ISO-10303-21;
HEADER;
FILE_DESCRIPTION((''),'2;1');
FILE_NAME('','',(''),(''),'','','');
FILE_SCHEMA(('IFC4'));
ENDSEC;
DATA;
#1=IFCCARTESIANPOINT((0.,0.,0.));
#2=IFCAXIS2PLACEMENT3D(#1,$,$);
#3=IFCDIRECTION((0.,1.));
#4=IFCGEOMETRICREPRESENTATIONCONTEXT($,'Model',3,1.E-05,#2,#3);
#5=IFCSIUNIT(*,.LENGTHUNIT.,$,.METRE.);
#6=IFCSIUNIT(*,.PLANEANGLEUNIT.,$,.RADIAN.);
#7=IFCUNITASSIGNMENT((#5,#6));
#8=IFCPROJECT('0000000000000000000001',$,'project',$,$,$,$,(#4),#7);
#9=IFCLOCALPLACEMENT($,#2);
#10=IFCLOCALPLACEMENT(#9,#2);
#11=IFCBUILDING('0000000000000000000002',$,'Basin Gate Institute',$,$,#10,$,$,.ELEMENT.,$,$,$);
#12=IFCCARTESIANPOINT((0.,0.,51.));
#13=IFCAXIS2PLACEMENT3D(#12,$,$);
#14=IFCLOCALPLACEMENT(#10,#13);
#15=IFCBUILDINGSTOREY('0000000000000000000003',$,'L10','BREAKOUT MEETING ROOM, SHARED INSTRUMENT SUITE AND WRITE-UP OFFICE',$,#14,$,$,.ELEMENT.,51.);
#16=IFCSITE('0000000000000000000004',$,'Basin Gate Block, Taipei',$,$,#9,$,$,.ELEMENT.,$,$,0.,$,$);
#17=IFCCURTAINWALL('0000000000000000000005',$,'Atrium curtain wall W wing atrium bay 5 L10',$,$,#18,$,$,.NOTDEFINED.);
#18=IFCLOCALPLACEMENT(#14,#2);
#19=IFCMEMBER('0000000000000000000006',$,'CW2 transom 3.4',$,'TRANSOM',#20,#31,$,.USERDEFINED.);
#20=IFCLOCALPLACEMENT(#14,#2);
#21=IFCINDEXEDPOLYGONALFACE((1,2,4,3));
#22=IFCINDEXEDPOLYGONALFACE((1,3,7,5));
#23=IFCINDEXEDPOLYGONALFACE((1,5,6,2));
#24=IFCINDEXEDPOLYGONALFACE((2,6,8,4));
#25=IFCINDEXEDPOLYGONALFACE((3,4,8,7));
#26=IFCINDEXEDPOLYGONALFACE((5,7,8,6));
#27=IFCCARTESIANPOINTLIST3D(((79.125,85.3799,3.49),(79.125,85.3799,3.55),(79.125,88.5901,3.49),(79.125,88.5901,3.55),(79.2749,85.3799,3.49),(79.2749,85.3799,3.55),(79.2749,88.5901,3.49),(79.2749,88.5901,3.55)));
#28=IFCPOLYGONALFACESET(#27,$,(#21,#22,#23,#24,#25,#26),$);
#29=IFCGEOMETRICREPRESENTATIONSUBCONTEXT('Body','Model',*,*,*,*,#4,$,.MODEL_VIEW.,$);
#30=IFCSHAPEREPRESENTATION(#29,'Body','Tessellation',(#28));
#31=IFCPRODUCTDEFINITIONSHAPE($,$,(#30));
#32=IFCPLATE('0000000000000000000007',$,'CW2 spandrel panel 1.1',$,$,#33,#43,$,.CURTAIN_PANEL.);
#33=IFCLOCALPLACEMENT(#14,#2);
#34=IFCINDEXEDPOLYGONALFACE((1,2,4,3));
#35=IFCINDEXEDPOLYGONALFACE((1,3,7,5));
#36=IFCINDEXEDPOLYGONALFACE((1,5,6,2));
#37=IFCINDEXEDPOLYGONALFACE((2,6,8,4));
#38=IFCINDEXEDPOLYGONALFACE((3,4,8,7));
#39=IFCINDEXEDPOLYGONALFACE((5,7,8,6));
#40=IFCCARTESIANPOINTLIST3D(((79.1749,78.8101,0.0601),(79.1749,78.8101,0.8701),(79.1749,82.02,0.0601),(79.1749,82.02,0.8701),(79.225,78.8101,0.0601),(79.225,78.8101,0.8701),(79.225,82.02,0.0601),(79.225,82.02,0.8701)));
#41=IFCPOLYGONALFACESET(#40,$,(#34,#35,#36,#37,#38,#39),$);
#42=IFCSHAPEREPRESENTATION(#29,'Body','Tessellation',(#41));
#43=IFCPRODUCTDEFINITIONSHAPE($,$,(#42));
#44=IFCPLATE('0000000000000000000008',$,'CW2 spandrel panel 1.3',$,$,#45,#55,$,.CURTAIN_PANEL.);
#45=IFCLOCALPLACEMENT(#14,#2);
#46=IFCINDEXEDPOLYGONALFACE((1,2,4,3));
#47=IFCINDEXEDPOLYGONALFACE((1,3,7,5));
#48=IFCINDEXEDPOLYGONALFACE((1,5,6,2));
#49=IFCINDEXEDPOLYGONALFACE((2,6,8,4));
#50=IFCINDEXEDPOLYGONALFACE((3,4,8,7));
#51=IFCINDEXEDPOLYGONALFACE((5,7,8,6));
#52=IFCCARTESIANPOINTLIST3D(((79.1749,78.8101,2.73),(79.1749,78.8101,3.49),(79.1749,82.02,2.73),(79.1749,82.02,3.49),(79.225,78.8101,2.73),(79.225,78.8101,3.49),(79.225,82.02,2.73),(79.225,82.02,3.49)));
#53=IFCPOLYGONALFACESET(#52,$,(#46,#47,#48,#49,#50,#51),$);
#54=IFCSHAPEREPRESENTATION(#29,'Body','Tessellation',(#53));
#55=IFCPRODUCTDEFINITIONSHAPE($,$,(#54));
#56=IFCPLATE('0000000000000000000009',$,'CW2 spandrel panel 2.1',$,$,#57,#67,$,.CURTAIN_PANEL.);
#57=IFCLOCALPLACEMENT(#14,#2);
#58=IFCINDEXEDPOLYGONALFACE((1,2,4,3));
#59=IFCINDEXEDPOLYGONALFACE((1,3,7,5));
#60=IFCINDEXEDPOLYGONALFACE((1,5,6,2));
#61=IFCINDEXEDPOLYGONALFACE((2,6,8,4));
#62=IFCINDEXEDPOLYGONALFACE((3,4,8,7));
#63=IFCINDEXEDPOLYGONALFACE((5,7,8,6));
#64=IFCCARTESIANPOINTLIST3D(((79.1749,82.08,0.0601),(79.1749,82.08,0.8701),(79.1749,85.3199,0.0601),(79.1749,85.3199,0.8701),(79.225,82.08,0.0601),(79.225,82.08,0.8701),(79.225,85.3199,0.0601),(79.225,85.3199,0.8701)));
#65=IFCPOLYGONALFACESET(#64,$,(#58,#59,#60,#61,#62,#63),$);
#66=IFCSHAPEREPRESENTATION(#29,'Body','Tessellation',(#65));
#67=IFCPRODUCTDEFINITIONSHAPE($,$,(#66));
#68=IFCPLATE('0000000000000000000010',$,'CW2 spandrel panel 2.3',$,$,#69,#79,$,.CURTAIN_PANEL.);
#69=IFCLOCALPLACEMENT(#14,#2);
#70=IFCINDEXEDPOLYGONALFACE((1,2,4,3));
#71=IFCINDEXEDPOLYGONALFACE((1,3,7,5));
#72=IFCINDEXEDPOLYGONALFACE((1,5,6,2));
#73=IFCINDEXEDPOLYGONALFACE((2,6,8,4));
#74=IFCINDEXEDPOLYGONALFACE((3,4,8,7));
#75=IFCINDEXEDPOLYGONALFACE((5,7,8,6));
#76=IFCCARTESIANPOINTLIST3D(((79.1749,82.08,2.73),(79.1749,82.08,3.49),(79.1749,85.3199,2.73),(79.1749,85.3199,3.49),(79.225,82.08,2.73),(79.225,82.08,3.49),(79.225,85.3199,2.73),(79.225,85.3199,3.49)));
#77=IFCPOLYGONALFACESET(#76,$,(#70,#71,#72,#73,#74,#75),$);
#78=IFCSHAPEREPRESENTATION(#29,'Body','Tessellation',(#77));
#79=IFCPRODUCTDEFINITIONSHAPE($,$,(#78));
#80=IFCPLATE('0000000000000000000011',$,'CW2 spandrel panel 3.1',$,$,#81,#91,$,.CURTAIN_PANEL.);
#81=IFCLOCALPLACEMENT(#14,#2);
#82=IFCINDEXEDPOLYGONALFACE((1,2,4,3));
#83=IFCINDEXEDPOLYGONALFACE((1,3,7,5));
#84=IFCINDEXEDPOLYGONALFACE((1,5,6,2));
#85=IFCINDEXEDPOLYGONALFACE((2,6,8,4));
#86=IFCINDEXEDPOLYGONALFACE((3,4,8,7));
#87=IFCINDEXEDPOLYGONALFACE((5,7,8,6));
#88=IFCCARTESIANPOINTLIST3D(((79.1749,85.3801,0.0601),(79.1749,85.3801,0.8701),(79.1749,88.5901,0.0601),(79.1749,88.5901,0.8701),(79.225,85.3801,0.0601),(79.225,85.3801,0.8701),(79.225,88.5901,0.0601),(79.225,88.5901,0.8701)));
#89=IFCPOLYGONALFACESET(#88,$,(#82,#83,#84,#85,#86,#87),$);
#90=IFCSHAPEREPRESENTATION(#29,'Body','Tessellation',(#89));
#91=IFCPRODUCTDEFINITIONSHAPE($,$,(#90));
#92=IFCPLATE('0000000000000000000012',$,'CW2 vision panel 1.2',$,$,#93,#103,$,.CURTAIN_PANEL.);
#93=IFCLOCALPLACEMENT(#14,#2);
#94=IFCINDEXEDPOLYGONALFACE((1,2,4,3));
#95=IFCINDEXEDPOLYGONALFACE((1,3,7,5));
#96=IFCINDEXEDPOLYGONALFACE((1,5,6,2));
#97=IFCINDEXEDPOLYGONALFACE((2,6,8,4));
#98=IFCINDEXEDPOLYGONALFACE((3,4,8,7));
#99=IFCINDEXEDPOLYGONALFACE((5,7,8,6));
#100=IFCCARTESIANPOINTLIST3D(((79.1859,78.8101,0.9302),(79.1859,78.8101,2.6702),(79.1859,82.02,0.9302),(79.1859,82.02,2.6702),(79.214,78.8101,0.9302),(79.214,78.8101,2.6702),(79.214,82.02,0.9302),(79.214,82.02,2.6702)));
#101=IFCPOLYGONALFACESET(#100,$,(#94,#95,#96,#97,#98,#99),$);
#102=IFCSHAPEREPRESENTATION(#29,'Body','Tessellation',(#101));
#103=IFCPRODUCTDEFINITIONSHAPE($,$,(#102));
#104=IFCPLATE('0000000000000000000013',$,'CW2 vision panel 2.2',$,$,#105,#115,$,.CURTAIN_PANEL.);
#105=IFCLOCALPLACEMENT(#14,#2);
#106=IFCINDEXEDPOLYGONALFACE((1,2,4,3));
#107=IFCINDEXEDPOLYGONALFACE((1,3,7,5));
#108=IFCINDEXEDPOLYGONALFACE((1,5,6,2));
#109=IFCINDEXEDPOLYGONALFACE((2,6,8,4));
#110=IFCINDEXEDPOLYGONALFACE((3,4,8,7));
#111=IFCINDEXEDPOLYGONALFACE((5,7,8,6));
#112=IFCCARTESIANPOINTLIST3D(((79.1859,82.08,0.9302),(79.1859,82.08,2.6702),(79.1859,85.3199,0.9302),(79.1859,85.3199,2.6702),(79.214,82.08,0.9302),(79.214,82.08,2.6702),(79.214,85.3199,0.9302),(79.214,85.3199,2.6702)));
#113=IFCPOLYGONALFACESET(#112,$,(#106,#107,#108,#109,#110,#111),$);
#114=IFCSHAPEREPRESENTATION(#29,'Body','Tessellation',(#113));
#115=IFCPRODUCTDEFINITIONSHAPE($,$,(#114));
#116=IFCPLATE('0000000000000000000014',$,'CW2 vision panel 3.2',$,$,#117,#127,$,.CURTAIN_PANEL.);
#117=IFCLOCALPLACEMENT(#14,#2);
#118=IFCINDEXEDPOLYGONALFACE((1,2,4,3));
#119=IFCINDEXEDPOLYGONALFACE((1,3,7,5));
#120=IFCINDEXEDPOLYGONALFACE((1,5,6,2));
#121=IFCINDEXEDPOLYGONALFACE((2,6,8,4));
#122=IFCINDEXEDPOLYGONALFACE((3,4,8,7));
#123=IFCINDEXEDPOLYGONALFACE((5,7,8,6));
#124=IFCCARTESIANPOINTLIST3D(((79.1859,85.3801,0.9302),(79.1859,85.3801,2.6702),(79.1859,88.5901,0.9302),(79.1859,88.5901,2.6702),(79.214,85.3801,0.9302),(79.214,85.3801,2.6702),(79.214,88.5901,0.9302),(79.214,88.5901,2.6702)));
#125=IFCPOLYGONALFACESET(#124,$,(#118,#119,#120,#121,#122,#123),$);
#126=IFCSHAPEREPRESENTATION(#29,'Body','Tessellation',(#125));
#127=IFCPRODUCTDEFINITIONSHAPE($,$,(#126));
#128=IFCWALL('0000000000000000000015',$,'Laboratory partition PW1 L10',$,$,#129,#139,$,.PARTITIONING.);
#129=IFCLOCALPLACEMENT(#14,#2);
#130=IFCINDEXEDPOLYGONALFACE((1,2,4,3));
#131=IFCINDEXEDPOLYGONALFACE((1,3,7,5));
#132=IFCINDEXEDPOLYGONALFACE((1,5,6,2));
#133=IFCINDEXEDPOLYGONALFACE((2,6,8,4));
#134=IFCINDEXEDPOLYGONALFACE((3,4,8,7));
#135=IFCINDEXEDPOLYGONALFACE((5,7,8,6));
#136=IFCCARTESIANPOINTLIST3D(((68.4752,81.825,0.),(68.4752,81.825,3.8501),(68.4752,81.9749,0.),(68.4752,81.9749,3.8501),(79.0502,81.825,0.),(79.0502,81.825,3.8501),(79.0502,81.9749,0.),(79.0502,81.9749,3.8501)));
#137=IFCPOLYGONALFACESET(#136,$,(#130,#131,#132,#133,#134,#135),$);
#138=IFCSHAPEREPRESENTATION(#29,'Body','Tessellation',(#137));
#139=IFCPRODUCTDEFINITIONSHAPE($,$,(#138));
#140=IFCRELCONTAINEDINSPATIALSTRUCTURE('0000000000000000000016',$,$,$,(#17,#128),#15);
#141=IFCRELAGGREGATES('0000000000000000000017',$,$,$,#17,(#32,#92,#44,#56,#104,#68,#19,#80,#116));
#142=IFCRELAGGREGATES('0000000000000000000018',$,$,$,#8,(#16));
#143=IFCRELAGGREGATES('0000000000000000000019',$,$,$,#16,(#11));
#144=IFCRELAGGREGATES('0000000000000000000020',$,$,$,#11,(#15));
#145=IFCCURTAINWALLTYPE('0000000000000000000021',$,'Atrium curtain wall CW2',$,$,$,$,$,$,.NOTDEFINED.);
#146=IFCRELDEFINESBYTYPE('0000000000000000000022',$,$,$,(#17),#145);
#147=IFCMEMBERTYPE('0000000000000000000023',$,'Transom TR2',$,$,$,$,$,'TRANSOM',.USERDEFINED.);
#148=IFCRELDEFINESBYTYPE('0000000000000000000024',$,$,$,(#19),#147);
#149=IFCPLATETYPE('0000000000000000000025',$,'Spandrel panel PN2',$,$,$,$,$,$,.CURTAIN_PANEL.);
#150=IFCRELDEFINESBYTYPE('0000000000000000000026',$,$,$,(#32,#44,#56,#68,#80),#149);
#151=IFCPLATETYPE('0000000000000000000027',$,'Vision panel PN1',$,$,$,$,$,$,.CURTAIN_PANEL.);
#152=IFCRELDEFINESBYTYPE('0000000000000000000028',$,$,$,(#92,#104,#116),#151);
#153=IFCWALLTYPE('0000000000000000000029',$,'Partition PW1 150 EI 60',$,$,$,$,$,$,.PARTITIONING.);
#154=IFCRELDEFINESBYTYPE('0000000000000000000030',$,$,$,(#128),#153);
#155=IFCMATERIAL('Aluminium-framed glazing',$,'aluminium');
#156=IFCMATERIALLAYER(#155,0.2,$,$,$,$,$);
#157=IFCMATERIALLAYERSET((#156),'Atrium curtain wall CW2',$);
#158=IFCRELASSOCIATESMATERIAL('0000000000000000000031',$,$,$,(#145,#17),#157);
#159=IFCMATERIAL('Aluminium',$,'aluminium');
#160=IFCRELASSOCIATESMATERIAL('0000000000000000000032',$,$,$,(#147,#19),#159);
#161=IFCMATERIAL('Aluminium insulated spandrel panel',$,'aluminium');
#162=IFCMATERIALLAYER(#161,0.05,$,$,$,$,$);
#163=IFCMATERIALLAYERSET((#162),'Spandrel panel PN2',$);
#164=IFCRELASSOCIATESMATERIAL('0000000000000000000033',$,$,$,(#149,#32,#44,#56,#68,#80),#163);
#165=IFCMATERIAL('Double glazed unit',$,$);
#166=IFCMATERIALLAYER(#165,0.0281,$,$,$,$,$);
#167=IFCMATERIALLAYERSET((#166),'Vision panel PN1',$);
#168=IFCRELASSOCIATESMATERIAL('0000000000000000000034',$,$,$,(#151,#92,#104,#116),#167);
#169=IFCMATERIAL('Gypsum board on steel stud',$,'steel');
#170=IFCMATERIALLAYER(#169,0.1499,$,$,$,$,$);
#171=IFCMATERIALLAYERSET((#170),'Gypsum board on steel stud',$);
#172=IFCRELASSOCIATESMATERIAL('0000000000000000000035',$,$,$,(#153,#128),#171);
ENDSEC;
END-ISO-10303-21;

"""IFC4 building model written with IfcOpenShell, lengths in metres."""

from ifc_helpers import new_model, si_unit, direction, frame, frame_2d, origin, origin_2d, place, context, subcontext, project, spatial, rectangle, extrude, material, layer, layer_set, material_profile, profile_set, type_object, element, aggregate, save


model = new_model("IFC4")

# Units and contexts
model_context = context("Model", 3, precision=1e-05, world=origin(), true_north=direction((0.0, 1.0)))
body_context = subcontext(model_context, "Body", "Model", "MODEL_VIEW")
ifc_project = project(units=[si_unit("LENGTHUNIT", "METRE"), si_unit("PLANEANGLEUNIT", "RADIAN")], contexts=[model_context])

# Site, building, storey
site_placement = place(None, origin())
site = spatial("IfcSite", under=ifc_project, at=site_placement, Name="Basin Gate Block, Taipei", CompositionType="ELEMENT", RefElevation=0.0)
building_placement = place(site_placement, origin())
building = spatial("IfcBuilding", under=site, at=building_placement, Name="Basin Gate Institute", CompositionType="ELEMENT")
storey_placement = place(building_placement, frame((0.0, 0.0, 51.0)))
storey = spatial("IfcBuildingStorey", under=building, at=storey_placement, Name="L10", Description="BREAKOUT MEETING ROOM, SHARED INSTRUMENT SUITE AND WRITE-UP OFFICE", CompositionType="ELEMENT", Elevation=51.0)

# Curtain wall
ifc_material_1 = material(Name="Aluminium-framed glazing", Category="aluminium")
ifc_layer_1 = layer(ifc_material_1, 0.2)
ifc_layer_set_1 = layer_set([ifc_layer_1], Name="Atrium curtain wall CW2")
curtain_wall_type = type_object("IfcCurtainWallType", Name="Atrium curtain wall CW2", PredefinedType="NOTDEFINED", material=ifc_layer_set_1)
curtain_wall_placement = place(storey_placement, origin())
curtain_wall = element("IfcCurtainWall", 1, at=curtain_wall_placement, inside=storey, type_object=curtain_wall_type, material=ifc_layer_set_1, Name="Atrium curtain wall W wing atrium bay 5 L10", PredefinedType="NOTDEFINED")

# Member
ifc_material_2 = material(Name="Aluminium", Category="aluminium")
ifc_material_profile_1 = material_profile(ifc_material_2, rectangle(XDim=0.1499, YDim=0.0601, at=origin_2d()), Name="Transom TR2 150 x 60")
ifc_profile_set_1 = profile_set([ifc_material_profile_1], Name="Aluminium")
member_type_1 = type_object("IfcMemberType", Name="Transom TR2", ElementType="TRANSOM", PredefinedType="USERDEFINED", material=ifc_profile_set_1)
member_1_placement = place(storey_placement, frame((79.2, 85.3799, 3.52), z_axis=(0.0, 1.0, 0.0), x_axis=(-1.0, 0.0, 0.0)))
member_1 = element("IfcMember", 2, at=member_1_placement, type_object=member_type_1, material=ifc_profile_set_1, Name="CW2 transom 3.4", ObjectType="TRANSOM", PredefinedType="USERDEFINED", context=body_context, shape_type="SweptSolid", body=[
    extrude(rectangle(XDim=0.1499, YDim=0.0601, at=origin_2d()), origin(), (0.0, 0.0, 1.0), 3.2102),
])

# Plates
ifc_material_3 = material(Name="Aluminium insulated spandrel panel", Category="aluminium")
ifc_layer_2 = layer(ifc_material_3, 0.05)
ifc_layer_set_2 = layer_set([ifc_layer_2], Name="Spandrel panel PN2")
plate_type_1 = type_object("IfcPlateType", Name="Spandrel panel PN2", PredefinedType="CURTAIN_PANEL", material=ifc_layer_set_2)
plate_1_placement = place(storey_placement, frame((79.2, 80.415, 0.0601), z_axis=(0.0, 0.0, 1.0), x_axis=(0.0, 1.0, 0.0)))
plate_1 = element("IfcPlate", 3, at=plate_1_placement, type_object=plate_type_1, material=ifc_layer_set_2, Name="CW2 spandrel panel 1.1", PredefinedType="CURTAIN_PANEL", context=body_context, shape_type="SweptSolid", body=[
    extrude(rectangle(XDim=3.21, YDim=0.05, at=origin_2d()), origin(), (0.0, 0.0, 1.0), 0.8101),
])
plate_2_placement = place(storey_placement, frame((79.2, 80.415, 2.73), z_axis=(0.0, 0.0, 1.0), x_axis=(0.0, 1.0, 0.0)))
plate_2 = element("IfcPlate", 4, at=plate_2_placement, type_object=plate_type_1, material=ifc_layer_set_2, Name="CW2 spandrel panel 1.3", PredefinedType="CURTAIN_PANEL", context=body_context, shape_type="SweptSolid", body=[
    extrude(rectangle(XDim=3.21, YDim=0.05, at=origin_2d()), origin(), (0.0, 0.0, 1.0), 0.76),
])
plate_3_placement = place(storey_placement, frame((79.2, 83.7, 0.0601), z_axis=(0.0, 0.0, 1.0), x_axis=(0.0, 1.0, 0.0)))
plate_3 = element("IfcPlate", 5, at=plate_3_placement, type_object=plate_type_1, material=ifc_layer_set_2, Name="CW2 spandrel panel 2.1", PredefinedType="CURTAIN_PANEL", context=body_context, shape_type="SweptSolid", body=[
    extrude(rectangle(XDim=3.24, YDim=0.05, at=origin_2d()), origin(), (0.0, 0.0, 1.0), 0.8101),
])
plate_4_placement = place(storey_placement, frame((79.2, 83.7, 2.73), z_axis=(0.0, 0.0, 1.0), x_axis=(0.0, 1.0, 0.0)))
plate_4 = element("IfcPlate", 6, at=plate_4_placement, type_object=plate_type_1, material=ifc_layer_set_2, Name="CW2 spandrel panel 2.3", PredefinedType="CURTAIN_PANEL", context=body_context, shape_type="SweptSolid", body=[
    extrude(rectangle(XDim=3.24, YDim=0.05, at=origin_2d()), origin(), (0.0, 0.0, 1.0), 0.76),
])
plate_5_placement = place(storey_placement, frame((79.2, 86.9851, 0.0601), z_axis=(0.0, 0.0, 1.0), x_axis=(0.0, 1.0, 0.0)))
plate_5 = element("IfcPlate", 7, at=plate_5_placement, type_object=plate_type_1, material=ifc_layer_set_2, Name="CW2 spandrel panel 3.1", PredefinedType="CURTAIN_PANEL", context=body_context, shape_type="SweptSolid", body=[
    extrude(rectangle(XDim=3.21, YDim=0.05, at=origin_2d()), origin(), (0.0, 0.0, 1.0), 0.8101),
])
ifc_material_4 = material(Name="Double glazed unit")
ifc_layer_3 = layer(ifc_material_4, 0.0281)
ifc_layer_set_3 = layer_set([ifc_layer_3], Name="Vision panel PN1")
plate_type_2 = type_object("IfcPlateType", Name="Vision panel PN1", PredefinedType="CURTAIN_PANEL", material=ifc_layer_set_3)
plate_6_placement = place(storey_placement, frame((79.2, 80.415, 0.9302), z_axis=(0.0, 0.0, 1.0), x_axis=(0.0, 1.0, 0.0)))
plate_6 = element("IfcPlate", 8, at=plate_6_placement, type_object=plate_type_2, material=ifc_layer_set_3, Name="CW2 vision panel 1.2", PredefinedType="CURTAIN_PANEL", context=body_context, shape_type="SweptSolid", body=[
    extrude(rectangle(XDim=3.21, YDim=0.0281, at=origin_2d()), origin(), (0.0, 0.0, 1.0), 1.74),
])
plate_7_placement = place(storey_placement, frame((79.2, 83.7, 0.9302), z_axis=(0.0, 0.0, 1.0), x_axis=(0.0, 1.0, 0.0)))
plate_7 = element("IfcPlate", 9, at=plate_7_placement, type_object=plate_type_2, material=ifc_layer_set_3, Name="CW2 vision panel 2.2", PredefinedType="CURTAIN_PANEL", context=body_context, shape_type="SweptSolid", body=[
    extrude(rectangle(XDim=3.24, YDim=0.0281, at=origin_2d()), origin(), (0.0, 0.0, 1.0), 1.74),
])
plate_8_placement = place(storey_placement, frame((79.2, 86.9851, 0.9302), z_axis=(0.0, 0.0, 1.0), x_axis=(0.0, 1.0, 0.0)))
plate_8 = element("IfcPlate", 10, at=plate_8_placement, type_object=plate_type_2, material=ifc_layer_set_3, Name="CW2 vision panel 3.2", PredefinedType="CURTAIN_PANEL", context=body_context, shape_type="SweptSolid", body=[
    extrude(rectangle(XDim=3.21, YDim=0.0281, at=origin_2d()), origin(), (0.0, 0.0, 1.0), 1.74),
])
aggregate(curtain_wall, [plate_1, plate_6, plate_2, plate_3, plate_7, plate_4, member_1, plate_5, plate_8])

# Wall
ifc_material_5 = material(Name="Gypsum board on steel stud", Category="steel")
ifc_layer_4 = layer(ifc_material_5, 0.1499)
ifc_layer_set_4 = layer_set([ifc_layer_4], Name="Gypsum board on steel stud")
wall_type = type_object("IfcWallType", Name="Partition PW1 150 EI 60", PredefinedType="PARTITIONING", material=ifc_layer_set_4)
wall_placement = place(storey_placement, frame((68.4751, 81.8999, 0.0), z_axis=(0.0, 0.0, 1.0), x_axis=(1.0, 0.0, 0.0)))
element("IfcWall", 11, at=wall_placement, inside=storey, type_object=wall_type, material=ifc_layer_set_4, Name="Laboratory partition PW1 L10", PredefinedType="PARTITIONING", context=body_context, shape_type="SweptSolid", body=[
    extrude(rectangle(XDim=10.575, YDim=0.1499, at=frame_2d((5.2876, 0.0))), origin(), (0.0, 0.0, 1.0), 3.8501),
])

save(model, "model.ifc")
